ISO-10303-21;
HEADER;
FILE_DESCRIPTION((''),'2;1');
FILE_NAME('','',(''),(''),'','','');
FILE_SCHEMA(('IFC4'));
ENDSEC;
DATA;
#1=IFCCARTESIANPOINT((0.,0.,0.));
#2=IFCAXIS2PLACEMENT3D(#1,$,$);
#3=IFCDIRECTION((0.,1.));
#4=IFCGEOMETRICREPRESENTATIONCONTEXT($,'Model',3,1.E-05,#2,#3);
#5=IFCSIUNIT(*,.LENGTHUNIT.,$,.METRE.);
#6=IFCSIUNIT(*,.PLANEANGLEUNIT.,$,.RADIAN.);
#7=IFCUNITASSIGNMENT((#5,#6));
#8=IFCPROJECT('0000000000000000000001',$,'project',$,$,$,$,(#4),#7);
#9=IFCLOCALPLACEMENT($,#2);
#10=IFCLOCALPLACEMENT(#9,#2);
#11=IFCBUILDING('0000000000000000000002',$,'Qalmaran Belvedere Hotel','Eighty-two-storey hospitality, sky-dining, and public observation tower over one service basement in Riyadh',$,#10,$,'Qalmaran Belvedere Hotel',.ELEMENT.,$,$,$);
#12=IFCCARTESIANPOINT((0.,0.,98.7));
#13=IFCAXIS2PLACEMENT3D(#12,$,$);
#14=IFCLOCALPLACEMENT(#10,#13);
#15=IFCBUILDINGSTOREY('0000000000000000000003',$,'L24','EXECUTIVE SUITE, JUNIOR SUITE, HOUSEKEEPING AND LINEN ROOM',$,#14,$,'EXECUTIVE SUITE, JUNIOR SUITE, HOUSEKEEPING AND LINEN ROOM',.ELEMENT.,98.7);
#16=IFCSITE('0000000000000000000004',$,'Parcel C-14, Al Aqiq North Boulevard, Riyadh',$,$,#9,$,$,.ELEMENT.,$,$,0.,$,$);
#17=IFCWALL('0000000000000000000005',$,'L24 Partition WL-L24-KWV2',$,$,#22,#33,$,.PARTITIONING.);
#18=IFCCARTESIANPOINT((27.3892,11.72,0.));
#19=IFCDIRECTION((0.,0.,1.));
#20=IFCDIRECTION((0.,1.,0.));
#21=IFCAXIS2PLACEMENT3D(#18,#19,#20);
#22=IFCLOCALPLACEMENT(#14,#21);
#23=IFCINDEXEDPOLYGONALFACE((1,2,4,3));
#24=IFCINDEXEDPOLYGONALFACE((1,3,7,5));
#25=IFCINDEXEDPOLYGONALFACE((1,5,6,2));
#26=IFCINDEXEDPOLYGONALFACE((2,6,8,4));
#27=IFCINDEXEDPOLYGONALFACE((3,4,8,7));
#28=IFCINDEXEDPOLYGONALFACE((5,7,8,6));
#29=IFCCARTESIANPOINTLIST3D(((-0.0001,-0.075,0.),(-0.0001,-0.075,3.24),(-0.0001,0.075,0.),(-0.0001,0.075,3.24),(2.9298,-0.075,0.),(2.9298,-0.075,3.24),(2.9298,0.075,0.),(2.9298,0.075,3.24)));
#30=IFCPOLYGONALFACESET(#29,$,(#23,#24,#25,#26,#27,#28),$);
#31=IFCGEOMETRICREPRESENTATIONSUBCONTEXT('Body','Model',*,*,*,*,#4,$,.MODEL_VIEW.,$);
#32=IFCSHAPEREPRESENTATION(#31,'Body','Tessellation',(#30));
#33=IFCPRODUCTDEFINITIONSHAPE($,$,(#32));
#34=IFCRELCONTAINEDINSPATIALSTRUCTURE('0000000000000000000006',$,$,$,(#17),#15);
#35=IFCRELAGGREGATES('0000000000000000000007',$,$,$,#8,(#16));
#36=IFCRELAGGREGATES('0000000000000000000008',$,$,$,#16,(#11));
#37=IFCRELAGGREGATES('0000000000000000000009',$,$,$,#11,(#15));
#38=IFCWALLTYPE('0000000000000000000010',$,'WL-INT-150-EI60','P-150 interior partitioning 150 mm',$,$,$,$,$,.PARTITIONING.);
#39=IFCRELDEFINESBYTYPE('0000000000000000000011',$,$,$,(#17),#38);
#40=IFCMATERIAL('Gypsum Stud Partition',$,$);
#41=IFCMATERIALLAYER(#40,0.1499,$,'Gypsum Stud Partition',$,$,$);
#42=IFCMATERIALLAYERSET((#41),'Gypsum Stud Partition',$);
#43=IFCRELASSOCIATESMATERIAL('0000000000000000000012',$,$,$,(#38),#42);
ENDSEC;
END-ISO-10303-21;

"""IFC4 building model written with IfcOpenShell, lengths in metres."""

from ifc_helpers import new_model, si_unit, direction, frame, frame_2d, origin, place, context, subcontext, project, spatial, rectangle, extrude, material, layer, layer_set, type_object, element, save


model = new_model("IFC4")

# Units and contexts
model_context = context("Model", 3, precision=1e-05, world=origin(), true_north=direction((0.0, 1.0)))
body_context = subcontext(model_context, "Body", "Model", "MODEL_VIEW")
ifc_project = project(units=[si_unit("LENGTHUNIT", "METRE"), si_unit("PLANEANGLEUNIT", "RADIAN")], contexts=[model_context])

# Site, building, storey
site_placement = place(None, origin())
site = spatial("IfcSite", under=ifc_project, at=site_placement, Name="Parcel C-14, Al Aqiq North Boulevard, Riyadh", CompositionType="ELEMENT", RefElevation=0.0)
building_placement = place(site_placement, origin())
building = spatial("IfcBuilding", under=site, at=building_placement, Name="Qalmaran Belvedere Hotel", Description="Eighty-two-storey hospitality, sky-dining, and public observation tower over one service basement in Riyadh", LongName="Qalmaran Belvedere Hotel", CompositionType="ELEMENT")
storey_placement = place(building_placement, frame((0.0, 0.0, 98.7)))
storey = spatial("IfcBuildingStorey", under=building, at=storey_placement, Name="L24", Description="EXECUTIVE SUITE, JUNIOR SUITE, HOUSEKEEPING AND LINEN ROOM", LongName="EXECUTIVE SUITE, JUNIOR SUITE, HOUSEKEEPING AND LINEN ROOM", CompositionType="ELEMENT", Elevation=98.7)

# Wall
ifc_material_1 = material(Name="Gypsum Stud Partition")
ifc_layer_1 = layer(ifc_material_1, 0.1499, Name="Gypsum Stud Partition")
ifc_layer_set_1 = layer_set([ifc_layer_1], Name="Gypsum Stud Partition")
wall_type_1 = type_object("IfcWallType", Name="WL-INT-150-EI60", Description="P-150 interior partitioning 150 mm", PredefinedType="PARTITIONING", material=ifc_layer_set_1)
wall_1_placement = place(storey_placement, frame((27.3892, 11.72, 0.0), z_axis=(0.0, 0.0, 1.0), x_axis=(0.0, 1.0, 0.0)))
element("IfcWall", 1, at=wall_1_placement, inside=storey, type_object=wall_type_1, Name="L24 Partition WL-L24-KWV2", PredefinedType="PARTITIONING", context=body_context, shape_type="SweptSolid", body=[
    extrude(rectangle(XDim=2.9299, YDim=0.1499, at=frame_2d((1.4648, 0.0))), origin(), (0.0, 0.0, 1.0), 3.24),
])

save(model, "model.ifc")
